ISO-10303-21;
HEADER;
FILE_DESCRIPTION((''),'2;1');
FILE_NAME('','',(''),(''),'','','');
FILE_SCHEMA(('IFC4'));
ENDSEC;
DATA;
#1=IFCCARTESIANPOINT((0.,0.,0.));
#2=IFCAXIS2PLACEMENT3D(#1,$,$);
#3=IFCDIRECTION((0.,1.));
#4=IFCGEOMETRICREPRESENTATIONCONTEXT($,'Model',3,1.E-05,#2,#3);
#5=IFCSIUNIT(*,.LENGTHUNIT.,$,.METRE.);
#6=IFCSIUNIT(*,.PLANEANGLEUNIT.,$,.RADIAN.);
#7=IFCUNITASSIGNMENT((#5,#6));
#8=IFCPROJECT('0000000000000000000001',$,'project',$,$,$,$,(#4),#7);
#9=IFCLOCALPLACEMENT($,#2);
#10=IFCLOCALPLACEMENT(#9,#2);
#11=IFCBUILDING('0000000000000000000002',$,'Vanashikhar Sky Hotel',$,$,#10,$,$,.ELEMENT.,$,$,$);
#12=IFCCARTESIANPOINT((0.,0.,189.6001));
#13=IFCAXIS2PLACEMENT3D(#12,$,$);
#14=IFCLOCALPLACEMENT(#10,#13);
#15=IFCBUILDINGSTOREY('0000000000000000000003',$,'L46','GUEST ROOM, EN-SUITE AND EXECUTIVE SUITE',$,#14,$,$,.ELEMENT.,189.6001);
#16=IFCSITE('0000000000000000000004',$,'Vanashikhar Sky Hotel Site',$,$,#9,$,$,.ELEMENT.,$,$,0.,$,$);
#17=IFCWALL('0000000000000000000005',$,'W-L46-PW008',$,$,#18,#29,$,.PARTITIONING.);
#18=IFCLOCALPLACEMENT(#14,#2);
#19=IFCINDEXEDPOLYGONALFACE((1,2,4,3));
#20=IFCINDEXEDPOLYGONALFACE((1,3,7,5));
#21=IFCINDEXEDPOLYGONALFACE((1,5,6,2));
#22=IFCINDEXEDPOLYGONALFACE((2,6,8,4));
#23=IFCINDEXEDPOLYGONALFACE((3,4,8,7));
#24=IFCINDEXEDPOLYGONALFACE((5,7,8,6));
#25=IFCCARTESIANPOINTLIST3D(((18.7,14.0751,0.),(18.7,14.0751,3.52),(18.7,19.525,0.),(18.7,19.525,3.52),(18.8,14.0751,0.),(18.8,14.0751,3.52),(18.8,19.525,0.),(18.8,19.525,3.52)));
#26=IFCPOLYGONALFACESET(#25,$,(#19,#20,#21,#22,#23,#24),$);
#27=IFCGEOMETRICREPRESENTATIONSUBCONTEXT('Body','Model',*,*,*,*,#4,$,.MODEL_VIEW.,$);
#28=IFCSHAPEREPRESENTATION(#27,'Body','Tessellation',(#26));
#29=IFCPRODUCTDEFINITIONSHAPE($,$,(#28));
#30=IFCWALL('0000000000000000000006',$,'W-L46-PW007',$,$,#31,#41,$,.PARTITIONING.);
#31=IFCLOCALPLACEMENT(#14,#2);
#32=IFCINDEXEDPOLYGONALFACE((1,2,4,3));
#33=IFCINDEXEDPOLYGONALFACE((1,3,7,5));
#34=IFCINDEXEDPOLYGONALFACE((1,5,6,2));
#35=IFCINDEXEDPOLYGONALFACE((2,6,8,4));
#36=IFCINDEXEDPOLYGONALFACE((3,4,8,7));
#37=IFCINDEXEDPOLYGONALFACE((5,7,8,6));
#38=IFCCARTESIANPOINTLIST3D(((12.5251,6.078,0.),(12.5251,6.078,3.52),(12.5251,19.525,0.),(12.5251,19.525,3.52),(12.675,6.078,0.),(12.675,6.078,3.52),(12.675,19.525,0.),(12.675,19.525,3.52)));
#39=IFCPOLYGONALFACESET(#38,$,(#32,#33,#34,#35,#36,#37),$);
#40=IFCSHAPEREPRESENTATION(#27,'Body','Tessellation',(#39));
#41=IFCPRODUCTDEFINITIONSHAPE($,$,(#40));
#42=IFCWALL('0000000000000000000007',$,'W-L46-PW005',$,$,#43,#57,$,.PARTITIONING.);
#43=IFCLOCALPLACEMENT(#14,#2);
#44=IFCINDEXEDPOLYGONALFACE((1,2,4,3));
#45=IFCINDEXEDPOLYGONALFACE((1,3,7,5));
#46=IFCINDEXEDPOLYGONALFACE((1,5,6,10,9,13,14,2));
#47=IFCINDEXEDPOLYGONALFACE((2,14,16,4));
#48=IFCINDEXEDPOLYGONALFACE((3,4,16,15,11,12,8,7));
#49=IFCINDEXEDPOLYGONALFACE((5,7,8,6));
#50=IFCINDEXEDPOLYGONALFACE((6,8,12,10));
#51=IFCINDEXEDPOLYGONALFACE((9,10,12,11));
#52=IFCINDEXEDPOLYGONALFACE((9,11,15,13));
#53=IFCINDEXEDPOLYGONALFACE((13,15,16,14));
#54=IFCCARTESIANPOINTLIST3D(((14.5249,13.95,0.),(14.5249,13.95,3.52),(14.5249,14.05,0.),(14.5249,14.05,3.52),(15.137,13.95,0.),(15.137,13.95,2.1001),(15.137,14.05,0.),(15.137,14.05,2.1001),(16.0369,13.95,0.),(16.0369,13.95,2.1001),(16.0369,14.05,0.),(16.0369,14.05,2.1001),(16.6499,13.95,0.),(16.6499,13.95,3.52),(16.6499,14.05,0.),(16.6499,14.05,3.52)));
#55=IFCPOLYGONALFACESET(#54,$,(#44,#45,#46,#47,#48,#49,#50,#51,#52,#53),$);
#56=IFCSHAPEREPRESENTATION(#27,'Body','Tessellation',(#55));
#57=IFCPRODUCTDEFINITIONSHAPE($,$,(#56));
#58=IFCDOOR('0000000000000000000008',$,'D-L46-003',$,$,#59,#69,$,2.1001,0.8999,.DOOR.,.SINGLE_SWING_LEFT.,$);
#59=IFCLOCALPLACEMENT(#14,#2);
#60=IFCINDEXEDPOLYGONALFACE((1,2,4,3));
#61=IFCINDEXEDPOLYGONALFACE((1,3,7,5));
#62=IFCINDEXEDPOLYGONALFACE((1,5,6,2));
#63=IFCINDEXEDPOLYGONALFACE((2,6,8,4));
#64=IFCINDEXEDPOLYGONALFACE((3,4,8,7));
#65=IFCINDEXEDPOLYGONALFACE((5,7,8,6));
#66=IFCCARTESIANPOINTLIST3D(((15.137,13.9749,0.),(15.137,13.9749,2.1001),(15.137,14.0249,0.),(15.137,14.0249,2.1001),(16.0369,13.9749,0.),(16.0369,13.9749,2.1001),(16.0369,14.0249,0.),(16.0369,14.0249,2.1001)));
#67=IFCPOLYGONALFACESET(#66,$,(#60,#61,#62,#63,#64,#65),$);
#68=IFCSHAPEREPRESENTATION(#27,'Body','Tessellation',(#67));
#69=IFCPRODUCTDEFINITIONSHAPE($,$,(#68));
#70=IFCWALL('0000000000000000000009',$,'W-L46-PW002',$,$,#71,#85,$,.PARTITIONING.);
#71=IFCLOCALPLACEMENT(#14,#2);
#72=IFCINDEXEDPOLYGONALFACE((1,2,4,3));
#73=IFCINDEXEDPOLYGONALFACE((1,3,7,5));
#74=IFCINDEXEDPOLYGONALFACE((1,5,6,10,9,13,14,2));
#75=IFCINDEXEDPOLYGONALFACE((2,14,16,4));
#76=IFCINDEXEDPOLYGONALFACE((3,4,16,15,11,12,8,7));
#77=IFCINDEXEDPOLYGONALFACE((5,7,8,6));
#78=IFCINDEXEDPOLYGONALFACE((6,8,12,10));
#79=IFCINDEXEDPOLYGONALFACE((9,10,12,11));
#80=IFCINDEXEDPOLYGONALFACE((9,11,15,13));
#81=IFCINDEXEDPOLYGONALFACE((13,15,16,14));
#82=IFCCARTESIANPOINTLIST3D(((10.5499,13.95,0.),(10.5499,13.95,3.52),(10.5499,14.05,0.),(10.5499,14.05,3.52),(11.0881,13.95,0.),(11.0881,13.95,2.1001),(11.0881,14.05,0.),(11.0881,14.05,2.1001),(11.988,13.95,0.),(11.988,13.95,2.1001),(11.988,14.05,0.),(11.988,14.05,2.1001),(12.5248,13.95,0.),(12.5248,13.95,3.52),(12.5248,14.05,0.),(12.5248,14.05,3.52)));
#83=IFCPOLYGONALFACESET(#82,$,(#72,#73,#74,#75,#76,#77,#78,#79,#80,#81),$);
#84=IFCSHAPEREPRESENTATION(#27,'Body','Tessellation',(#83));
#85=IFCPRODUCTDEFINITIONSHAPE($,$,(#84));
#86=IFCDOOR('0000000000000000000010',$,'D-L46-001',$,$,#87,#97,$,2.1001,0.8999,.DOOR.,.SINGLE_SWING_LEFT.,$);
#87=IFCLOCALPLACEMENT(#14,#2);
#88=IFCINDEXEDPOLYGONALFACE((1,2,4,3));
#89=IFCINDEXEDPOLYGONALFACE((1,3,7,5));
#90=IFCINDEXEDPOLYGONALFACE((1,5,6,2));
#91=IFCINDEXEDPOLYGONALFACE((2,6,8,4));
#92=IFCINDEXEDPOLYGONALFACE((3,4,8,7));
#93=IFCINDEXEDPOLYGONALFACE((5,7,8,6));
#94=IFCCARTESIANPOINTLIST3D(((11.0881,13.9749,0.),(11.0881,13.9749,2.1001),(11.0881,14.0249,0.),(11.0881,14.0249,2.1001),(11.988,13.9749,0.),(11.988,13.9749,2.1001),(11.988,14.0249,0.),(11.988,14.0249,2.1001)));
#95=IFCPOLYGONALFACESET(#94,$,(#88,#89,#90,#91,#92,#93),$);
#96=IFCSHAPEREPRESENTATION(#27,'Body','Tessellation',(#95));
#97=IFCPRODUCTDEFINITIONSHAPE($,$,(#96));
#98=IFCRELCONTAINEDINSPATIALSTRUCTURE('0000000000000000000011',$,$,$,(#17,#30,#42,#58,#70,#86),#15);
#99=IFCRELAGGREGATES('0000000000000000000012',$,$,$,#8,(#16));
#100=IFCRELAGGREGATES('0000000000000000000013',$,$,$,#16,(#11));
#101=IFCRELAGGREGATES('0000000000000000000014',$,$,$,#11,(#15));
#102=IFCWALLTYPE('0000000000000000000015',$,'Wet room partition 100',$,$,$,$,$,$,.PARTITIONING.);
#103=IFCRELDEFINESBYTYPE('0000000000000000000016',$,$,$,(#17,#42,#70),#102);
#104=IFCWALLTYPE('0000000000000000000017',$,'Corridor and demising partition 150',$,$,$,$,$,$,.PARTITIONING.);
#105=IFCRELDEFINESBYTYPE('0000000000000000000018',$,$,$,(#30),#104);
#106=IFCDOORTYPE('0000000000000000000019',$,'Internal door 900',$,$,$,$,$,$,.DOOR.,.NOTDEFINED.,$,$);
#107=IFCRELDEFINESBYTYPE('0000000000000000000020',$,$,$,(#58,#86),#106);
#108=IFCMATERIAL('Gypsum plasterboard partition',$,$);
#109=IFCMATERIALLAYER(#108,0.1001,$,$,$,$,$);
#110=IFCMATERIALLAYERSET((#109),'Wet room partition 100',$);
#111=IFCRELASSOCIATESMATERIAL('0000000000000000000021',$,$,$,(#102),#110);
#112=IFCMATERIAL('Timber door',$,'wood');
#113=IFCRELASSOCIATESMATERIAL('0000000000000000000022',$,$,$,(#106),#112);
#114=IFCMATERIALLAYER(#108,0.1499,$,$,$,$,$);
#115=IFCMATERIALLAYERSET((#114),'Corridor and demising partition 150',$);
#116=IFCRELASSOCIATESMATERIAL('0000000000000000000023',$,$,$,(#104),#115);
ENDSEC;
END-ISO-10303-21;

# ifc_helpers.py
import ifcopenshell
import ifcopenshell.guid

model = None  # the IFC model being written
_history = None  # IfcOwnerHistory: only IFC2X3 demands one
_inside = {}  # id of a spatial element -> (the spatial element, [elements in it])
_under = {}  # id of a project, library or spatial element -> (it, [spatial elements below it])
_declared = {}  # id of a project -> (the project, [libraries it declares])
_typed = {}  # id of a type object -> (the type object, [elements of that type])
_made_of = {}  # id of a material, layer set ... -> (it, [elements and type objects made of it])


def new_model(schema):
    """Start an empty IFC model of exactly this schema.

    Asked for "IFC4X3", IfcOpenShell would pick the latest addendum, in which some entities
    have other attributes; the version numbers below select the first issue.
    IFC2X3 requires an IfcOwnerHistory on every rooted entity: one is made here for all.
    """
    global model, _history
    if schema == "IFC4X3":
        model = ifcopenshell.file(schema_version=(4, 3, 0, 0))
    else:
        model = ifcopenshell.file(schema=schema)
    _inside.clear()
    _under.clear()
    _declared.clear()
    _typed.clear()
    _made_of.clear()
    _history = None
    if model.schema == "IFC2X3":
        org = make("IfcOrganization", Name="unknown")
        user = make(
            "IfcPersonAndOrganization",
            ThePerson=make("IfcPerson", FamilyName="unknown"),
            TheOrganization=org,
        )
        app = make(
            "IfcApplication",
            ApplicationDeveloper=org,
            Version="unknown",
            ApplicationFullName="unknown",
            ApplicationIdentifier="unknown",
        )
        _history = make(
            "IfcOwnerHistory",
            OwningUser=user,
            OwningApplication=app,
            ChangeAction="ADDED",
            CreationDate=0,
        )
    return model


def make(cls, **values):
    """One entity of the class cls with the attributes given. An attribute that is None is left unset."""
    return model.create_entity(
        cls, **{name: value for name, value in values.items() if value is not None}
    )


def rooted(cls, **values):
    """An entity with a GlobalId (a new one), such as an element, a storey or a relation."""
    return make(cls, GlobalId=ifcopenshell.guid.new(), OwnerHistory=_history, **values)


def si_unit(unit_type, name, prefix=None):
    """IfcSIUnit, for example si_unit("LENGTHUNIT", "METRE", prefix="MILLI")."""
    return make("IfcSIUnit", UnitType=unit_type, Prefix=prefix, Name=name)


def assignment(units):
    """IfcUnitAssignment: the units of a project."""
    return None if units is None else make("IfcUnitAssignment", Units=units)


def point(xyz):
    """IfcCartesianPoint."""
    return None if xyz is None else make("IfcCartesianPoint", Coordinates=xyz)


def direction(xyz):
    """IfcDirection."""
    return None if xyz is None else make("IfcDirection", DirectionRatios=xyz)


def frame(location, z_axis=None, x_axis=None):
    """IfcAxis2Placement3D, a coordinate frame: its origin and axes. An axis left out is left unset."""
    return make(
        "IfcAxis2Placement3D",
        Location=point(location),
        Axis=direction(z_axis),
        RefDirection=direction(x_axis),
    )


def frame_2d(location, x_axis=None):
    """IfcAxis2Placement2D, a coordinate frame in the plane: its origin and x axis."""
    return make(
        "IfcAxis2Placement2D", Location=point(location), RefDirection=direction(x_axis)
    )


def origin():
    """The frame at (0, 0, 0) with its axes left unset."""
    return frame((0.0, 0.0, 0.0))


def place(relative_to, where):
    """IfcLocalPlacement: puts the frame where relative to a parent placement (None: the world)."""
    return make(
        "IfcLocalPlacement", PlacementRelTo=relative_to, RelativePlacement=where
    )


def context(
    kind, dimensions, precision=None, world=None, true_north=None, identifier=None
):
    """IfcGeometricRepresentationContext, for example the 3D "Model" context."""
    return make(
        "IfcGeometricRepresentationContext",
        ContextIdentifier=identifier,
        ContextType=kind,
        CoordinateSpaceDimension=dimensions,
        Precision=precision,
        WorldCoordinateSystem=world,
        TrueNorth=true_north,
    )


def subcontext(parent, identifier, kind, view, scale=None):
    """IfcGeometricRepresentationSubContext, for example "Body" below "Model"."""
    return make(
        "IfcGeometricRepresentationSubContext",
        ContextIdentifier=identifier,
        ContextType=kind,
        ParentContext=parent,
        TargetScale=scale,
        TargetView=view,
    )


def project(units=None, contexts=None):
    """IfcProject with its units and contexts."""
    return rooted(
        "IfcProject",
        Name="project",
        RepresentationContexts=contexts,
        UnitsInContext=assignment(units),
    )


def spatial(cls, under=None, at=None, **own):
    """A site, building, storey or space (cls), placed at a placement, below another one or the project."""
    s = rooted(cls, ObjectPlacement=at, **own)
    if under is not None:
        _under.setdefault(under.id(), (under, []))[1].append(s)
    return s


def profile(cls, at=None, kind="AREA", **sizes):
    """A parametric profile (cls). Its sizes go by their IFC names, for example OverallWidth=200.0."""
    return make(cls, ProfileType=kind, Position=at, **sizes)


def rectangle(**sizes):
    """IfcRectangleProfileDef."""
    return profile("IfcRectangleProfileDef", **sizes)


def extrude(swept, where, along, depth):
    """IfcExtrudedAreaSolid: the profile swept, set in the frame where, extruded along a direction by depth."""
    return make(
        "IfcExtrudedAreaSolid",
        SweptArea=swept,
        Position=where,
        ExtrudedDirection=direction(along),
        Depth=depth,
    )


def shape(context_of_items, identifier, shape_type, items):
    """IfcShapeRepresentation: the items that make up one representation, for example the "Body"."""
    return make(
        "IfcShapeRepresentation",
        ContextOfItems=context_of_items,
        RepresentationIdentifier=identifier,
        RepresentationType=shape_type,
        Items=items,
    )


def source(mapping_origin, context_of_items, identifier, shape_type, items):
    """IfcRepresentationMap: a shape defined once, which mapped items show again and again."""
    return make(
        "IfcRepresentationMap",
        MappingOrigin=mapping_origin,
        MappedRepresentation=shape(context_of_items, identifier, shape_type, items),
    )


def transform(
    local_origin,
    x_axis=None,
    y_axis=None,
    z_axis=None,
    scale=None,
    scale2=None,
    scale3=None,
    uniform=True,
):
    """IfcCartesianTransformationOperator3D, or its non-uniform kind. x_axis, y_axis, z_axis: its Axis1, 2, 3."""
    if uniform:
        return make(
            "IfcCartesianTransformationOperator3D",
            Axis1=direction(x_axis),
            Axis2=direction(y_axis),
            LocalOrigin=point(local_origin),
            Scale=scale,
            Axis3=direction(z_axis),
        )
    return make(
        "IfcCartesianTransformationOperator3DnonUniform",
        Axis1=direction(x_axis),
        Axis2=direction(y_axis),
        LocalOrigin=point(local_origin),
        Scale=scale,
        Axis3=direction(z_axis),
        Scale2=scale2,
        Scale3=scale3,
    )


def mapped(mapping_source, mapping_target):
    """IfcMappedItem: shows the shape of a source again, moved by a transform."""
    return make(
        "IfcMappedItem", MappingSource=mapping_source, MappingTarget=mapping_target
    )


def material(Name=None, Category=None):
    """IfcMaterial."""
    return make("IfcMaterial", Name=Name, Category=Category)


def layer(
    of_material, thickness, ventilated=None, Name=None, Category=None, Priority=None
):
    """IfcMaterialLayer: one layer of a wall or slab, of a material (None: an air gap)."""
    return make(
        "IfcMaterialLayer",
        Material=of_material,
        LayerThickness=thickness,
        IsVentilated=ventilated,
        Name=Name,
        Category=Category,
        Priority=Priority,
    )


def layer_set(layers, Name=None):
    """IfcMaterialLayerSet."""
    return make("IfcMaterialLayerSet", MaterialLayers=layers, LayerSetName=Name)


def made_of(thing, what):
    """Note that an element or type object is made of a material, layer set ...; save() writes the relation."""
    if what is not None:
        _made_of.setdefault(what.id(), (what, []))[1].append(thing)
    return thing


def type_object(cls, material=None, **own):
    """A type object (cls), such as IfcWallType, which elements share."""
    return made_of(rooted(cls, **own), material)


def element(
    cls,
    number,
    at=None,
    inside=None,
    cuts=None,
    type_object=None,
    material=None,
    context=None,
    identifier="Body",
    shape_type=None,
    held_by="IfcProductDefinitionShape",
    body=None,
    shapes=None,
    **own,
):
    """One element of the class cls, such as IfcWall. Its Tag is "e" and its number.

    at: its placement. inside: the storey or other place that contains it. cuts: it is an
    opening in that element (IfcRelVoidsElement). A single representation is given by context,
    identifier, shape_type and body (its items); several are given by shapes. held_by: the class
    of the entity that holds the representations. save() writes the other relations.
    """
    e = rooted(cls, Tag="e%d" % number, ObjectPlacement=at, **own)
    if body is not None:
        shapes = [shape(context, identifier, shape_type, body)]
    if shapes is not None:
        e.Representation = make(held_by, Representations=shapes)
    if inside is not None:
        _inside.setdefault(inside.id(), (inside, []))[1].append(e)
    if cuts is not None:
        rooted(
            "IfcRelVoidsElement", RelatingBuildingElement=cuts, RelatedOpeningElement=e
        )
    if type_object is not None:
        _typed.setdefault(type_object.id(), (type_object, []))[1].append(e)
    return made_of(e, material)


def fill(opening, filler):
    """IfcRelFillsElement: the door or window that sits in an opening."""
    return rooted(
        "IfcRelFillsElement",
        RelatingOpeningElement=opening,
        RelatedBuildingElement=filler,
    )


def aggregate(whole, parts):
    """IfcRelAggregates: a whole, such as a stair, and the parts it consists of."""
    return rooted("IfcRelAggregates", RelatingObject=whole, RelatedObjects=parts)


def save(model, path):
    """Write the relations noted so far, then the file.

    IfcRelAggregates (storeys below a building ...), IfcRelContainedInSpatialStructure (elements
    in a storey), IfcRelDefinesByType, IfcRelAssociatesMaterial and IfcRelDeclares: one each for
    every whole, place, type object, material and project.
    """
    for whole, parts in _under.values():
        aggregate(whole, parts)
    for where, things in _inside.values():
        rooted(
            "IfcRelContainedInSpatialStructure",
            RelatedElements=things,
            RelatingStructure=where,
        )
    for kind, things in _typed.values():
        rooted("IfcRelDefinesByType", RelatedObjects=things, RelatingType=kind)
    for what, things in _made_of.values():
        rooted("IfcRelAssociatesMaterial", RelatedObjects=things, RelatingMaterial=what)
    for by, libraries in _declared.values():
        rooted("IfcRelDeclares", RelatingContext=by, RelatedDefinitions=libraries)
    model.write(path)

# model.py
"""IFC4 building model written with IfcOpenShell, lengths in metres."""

from ifc_helpers import new_model, si_unit, direction, frame, frame_2d, origin, place, context, subcontext, project, spatial, rectangle, extrude, source, transform, mapped, material, layer, layer_set, type_object, element, fill, save


model = new_model("IFC4")

# Units and contexts
model_context = context("Model", 3, precision=1e-05, world=origin(), true_north=direction((0.0, 1.0)))
body_context = subcontext(model_context, "Body", "Model", "MODEL_VIEW")
ifc_project = project(units=[si_unit("LENGTHUNIT", "METRE"), si_unit("PLANEANGLEUNIT", "RADIAN")], contexts=[model_context])

# Site, building, storey
site_placement = place(None, origin())
site = spatial("IfcSite", under=ifc_project, at=site_placement, Name="Vanashikhar Sky Hotel Site", CompositionType="ELEMENT", RefElevation=0.0)
building_placement = place(site_placement, origin())
building = spatial("IfcBuilding", under=site, at=building_placement, Name="Vanashikhar Sky Hotel", CompositionType="ELEMENT")
storey_placement = place(building_placement, frame((0.0, 0.0, 189.6001)))
storey = spatial("IfcBuildingStorey", under=building, at=storey_placement, Name="L46", Description="GUEST ROOM, EN-SUITE AND EXECUTIVE SUITE", CompositionType="ELEMENT", Elevation=189.6001)

# Shared definitions
ifc_material_1 = material(Name="Gypsum plasterboard partition")
ifc_layer_1 = layer(ifc_material_1, 0.1001)
ifc_layer_set_1 = layer_set([ifc_layer_1], Name="Wet room partition 100")
wall_type_1 = type_object("IfcWallType", Name="Wet room partition 100", PredefinedType="PARTITIONING", material=ifc_layer_set_1)
shared_shape_1 = source(origin(), body_context, "Body", "SweptSolid", [
    extrude(rectangle(XDim=0.8999, YDim=2.1001, at=frame_2d((0.45, 1.05))), frame((0.0, 0.0601, 0.0), z_axis=(0.0, -1.0, 0.0), x_axis=(1.0, 0.0, 0.0)), (0.0, 0.0, 1.0), 0.1201),
])
ifc_material_2 = material(Name="Timber door", Category="wood")
door_type_1 = type_object("IfcDoorType", Name="Internal door 900", OperationType="NOTDEFINED", PredefinedType="DOOR", material=ifc_material_2)
shared_shape_2 = source(origin(), body_context, "Body", "SweptSolid", [
    extrude(rectangle(XDim=0.8999, YDim=2.1001, at=frame_2d((0.45, 1.05))), frame((0.0, 0.0249, 0.0), z_axis=(0.0, -1.0, 0.0), x_axis=(1.0, 0.0, 0.0)), (0.0, 0.0, 1.0), 0.05),
])

# Walls
shared_shape_3 = source(origin(), body_context, "Body", "SweptSolid", [
    extrude(rectangle(XDim=5.45, YDim=0.1001, at=frame_2d((2.7251, 0.0))), origin(), (0.0, 0.0, 1.0), 3.52),
])
for number, where, z_axis, x_axis, name in (
    (1, (18.75, 14.075, 0.0), (0.0, 0.0, 1.0), (0.0, 1.0, 0.0), "W-L46-PW008"),
):
    element("IfcWall", number, at=place(storey_placement, frame(where, z_axis=z_axis, x_axis=x_axis)), inside=storey, type_object=wall_type_1, Name=name, PredefinedType="PARTITIONING", context=body_context, shape_type="MappedRepresentation", body=[
        mapped(shared_shape_3, transform((0.0, 0.0, 0.0), scale=1.0)),
    ])
ifc_layer_2 = layer(ifc_material_1, 0.1499)
ifc_layer_set_2 = layer_set([ifc_layer_2], Name="Corridor and demising partition 150")
wall_type_2 = type_object("IfcWallType", Name="Corridor and demising partition 150", PredefinedType="PARTITIONING", material=ifc_layer_set_2)
shared_shape_4 = source(origin(), body_context, "Body", "SweptSolid", [
    extrude(rectangle(XDim=13.447, YDim=0.1499, at=frame_2d((6.7236, 0.0))), origin(), (0.0, 0.0, 1.0), 3.52),
])
wall_1_placement = place(storey_placement, frame((12.6001, 6.0779, 0.0), z_axis=(0.0, 0.0, 1.0), x_axis=(0.0, 1.0, 0.0)))
element("IfcWall", 2, at=wall_1_placement, inside=storey, type_object=wall_type_2, Name="W-L46-PW007", PredefinedType="PARTITIONING", context=body_context, shape_type="MappedRepresentation", body=[
    mapped(shared_shape_4, transform((0.0, 0.0, 0.0), scale=1.0)),
])

# Walls, openings, doors
shared_shape_5 = source(origin(), body_context, "Body", "SweptSolid", [
    extrude(rectangle(XDim=2.125, YDim=0.1001, at=frame_2d((1.0625, 0.0))), origin(), (0.0, 0.0, 1.0), 3.52),
])
wall_2_placement = place(storey_placement, frame((14.5249, 14.0, 0.0), z_axis=(0.0, 0.0, 1.0), x_axis=(1.0, 0.0, 0.0)))
wall_2 = element("IfcWall", 3, at=wall_2_placement, inside=storey, type_object=wall_type_1, Name="W-L46-PW005", PredefinedType="PARTITIONING", context=body_context, shape_type="MappedRepresentation", body=[
    mapped(shared_shape_5, transform((0.0, 0.0, 0.0), scale=1.0)),
])
opening_1_placement = place(wall_2_placement, frame((0.6121, 0.0, 0.0)))
opening_1 = element("IfcOpeningElement", 4, at=opening_1_placement, cuts=wall_2, PredefinedType="OPENING", context=body_context, shape_type="MappedRepresentation", body=[
    mapped(shared_shape_1, transform((0.0, 0.0, 0.0), scale=1.0)),
])
door_1_placement = place(opening_1_placement, origin())
door_1 = element("IfcDoor", 5, at=door_1_placement, inside=storey, type_object=door_type_1, Name="D-L46-003", OperationType="SINGLE_SWING_LEFT", OverallHeight=2.1001, OverallWidth=0.8999, PredefinedType="DOOR", context=body_context, shape_type="MappedRepresentation", body=[
    mapped(shared_shape_2, transform((0.0, 0.0, 0.0), scale=1.0)),
])
fill(opening_1, door_1)
shared_shape_6 = source(origin(), body_context, "Body", "SweptSolid", [
    extrude(rectangle(XDim=1.9749, YDim=0.1001, at=frame_2d((0.9873, 0.0))), origin(), (0.0, 0.0, 1.0), 3.52),
])
wall_3_placement = place(storey_placement, frame((10.55, 14.0, 0.0), z_axis=(0.0, 0.0, 1.0), x_axis=(1.0, 0.0, 0.0)))
wall_3 = element("IfcWall", 6, at=wall_3_placement, inside=storey, type_object=wall_type_1, Name="W-L46-PW002", PredefinedType="PARTITIONING", context=body_context, shape_type="MappedRepresentation", body=[
    mapped(shared_shape_6, transform((0.0, 0.0, 0.0), scale=1.0)),
])
opening_2_placement = place(wall_3_placement, frame((0.5381, 0.0, 0.0)))
opening_2 = element("IfcOpeningElement", 7, at=opening_2_placement, cuts=wall_3, PredefinedType="OPENING", context=body_context, shape_type="MappedRepresentation", body=[
    mapped(shared_shape_1, transform((0.0, 0.0, 0.0), scale=1.0)),
])
door_2_placement = place(opening_2_placement, origin())
door_2 = element("IfcDoor", 8, at=door_2_placement, inside=storey, type_object=door_type_1, Name="D-L46-001", OperationType="SINGLE_SWING_LEFT", OverallHeight=2.1001, OverallWidth=0.8999, PredefinedType="DOOR", context=body_context, shape_type="MappedRepresentation", body=[
    mapped(shared_shape_2, transform((0.0, 0.0, 0.0), scale=1.0)),
])
fill(opening_2, door_2)

save(model, "model.ifc")
